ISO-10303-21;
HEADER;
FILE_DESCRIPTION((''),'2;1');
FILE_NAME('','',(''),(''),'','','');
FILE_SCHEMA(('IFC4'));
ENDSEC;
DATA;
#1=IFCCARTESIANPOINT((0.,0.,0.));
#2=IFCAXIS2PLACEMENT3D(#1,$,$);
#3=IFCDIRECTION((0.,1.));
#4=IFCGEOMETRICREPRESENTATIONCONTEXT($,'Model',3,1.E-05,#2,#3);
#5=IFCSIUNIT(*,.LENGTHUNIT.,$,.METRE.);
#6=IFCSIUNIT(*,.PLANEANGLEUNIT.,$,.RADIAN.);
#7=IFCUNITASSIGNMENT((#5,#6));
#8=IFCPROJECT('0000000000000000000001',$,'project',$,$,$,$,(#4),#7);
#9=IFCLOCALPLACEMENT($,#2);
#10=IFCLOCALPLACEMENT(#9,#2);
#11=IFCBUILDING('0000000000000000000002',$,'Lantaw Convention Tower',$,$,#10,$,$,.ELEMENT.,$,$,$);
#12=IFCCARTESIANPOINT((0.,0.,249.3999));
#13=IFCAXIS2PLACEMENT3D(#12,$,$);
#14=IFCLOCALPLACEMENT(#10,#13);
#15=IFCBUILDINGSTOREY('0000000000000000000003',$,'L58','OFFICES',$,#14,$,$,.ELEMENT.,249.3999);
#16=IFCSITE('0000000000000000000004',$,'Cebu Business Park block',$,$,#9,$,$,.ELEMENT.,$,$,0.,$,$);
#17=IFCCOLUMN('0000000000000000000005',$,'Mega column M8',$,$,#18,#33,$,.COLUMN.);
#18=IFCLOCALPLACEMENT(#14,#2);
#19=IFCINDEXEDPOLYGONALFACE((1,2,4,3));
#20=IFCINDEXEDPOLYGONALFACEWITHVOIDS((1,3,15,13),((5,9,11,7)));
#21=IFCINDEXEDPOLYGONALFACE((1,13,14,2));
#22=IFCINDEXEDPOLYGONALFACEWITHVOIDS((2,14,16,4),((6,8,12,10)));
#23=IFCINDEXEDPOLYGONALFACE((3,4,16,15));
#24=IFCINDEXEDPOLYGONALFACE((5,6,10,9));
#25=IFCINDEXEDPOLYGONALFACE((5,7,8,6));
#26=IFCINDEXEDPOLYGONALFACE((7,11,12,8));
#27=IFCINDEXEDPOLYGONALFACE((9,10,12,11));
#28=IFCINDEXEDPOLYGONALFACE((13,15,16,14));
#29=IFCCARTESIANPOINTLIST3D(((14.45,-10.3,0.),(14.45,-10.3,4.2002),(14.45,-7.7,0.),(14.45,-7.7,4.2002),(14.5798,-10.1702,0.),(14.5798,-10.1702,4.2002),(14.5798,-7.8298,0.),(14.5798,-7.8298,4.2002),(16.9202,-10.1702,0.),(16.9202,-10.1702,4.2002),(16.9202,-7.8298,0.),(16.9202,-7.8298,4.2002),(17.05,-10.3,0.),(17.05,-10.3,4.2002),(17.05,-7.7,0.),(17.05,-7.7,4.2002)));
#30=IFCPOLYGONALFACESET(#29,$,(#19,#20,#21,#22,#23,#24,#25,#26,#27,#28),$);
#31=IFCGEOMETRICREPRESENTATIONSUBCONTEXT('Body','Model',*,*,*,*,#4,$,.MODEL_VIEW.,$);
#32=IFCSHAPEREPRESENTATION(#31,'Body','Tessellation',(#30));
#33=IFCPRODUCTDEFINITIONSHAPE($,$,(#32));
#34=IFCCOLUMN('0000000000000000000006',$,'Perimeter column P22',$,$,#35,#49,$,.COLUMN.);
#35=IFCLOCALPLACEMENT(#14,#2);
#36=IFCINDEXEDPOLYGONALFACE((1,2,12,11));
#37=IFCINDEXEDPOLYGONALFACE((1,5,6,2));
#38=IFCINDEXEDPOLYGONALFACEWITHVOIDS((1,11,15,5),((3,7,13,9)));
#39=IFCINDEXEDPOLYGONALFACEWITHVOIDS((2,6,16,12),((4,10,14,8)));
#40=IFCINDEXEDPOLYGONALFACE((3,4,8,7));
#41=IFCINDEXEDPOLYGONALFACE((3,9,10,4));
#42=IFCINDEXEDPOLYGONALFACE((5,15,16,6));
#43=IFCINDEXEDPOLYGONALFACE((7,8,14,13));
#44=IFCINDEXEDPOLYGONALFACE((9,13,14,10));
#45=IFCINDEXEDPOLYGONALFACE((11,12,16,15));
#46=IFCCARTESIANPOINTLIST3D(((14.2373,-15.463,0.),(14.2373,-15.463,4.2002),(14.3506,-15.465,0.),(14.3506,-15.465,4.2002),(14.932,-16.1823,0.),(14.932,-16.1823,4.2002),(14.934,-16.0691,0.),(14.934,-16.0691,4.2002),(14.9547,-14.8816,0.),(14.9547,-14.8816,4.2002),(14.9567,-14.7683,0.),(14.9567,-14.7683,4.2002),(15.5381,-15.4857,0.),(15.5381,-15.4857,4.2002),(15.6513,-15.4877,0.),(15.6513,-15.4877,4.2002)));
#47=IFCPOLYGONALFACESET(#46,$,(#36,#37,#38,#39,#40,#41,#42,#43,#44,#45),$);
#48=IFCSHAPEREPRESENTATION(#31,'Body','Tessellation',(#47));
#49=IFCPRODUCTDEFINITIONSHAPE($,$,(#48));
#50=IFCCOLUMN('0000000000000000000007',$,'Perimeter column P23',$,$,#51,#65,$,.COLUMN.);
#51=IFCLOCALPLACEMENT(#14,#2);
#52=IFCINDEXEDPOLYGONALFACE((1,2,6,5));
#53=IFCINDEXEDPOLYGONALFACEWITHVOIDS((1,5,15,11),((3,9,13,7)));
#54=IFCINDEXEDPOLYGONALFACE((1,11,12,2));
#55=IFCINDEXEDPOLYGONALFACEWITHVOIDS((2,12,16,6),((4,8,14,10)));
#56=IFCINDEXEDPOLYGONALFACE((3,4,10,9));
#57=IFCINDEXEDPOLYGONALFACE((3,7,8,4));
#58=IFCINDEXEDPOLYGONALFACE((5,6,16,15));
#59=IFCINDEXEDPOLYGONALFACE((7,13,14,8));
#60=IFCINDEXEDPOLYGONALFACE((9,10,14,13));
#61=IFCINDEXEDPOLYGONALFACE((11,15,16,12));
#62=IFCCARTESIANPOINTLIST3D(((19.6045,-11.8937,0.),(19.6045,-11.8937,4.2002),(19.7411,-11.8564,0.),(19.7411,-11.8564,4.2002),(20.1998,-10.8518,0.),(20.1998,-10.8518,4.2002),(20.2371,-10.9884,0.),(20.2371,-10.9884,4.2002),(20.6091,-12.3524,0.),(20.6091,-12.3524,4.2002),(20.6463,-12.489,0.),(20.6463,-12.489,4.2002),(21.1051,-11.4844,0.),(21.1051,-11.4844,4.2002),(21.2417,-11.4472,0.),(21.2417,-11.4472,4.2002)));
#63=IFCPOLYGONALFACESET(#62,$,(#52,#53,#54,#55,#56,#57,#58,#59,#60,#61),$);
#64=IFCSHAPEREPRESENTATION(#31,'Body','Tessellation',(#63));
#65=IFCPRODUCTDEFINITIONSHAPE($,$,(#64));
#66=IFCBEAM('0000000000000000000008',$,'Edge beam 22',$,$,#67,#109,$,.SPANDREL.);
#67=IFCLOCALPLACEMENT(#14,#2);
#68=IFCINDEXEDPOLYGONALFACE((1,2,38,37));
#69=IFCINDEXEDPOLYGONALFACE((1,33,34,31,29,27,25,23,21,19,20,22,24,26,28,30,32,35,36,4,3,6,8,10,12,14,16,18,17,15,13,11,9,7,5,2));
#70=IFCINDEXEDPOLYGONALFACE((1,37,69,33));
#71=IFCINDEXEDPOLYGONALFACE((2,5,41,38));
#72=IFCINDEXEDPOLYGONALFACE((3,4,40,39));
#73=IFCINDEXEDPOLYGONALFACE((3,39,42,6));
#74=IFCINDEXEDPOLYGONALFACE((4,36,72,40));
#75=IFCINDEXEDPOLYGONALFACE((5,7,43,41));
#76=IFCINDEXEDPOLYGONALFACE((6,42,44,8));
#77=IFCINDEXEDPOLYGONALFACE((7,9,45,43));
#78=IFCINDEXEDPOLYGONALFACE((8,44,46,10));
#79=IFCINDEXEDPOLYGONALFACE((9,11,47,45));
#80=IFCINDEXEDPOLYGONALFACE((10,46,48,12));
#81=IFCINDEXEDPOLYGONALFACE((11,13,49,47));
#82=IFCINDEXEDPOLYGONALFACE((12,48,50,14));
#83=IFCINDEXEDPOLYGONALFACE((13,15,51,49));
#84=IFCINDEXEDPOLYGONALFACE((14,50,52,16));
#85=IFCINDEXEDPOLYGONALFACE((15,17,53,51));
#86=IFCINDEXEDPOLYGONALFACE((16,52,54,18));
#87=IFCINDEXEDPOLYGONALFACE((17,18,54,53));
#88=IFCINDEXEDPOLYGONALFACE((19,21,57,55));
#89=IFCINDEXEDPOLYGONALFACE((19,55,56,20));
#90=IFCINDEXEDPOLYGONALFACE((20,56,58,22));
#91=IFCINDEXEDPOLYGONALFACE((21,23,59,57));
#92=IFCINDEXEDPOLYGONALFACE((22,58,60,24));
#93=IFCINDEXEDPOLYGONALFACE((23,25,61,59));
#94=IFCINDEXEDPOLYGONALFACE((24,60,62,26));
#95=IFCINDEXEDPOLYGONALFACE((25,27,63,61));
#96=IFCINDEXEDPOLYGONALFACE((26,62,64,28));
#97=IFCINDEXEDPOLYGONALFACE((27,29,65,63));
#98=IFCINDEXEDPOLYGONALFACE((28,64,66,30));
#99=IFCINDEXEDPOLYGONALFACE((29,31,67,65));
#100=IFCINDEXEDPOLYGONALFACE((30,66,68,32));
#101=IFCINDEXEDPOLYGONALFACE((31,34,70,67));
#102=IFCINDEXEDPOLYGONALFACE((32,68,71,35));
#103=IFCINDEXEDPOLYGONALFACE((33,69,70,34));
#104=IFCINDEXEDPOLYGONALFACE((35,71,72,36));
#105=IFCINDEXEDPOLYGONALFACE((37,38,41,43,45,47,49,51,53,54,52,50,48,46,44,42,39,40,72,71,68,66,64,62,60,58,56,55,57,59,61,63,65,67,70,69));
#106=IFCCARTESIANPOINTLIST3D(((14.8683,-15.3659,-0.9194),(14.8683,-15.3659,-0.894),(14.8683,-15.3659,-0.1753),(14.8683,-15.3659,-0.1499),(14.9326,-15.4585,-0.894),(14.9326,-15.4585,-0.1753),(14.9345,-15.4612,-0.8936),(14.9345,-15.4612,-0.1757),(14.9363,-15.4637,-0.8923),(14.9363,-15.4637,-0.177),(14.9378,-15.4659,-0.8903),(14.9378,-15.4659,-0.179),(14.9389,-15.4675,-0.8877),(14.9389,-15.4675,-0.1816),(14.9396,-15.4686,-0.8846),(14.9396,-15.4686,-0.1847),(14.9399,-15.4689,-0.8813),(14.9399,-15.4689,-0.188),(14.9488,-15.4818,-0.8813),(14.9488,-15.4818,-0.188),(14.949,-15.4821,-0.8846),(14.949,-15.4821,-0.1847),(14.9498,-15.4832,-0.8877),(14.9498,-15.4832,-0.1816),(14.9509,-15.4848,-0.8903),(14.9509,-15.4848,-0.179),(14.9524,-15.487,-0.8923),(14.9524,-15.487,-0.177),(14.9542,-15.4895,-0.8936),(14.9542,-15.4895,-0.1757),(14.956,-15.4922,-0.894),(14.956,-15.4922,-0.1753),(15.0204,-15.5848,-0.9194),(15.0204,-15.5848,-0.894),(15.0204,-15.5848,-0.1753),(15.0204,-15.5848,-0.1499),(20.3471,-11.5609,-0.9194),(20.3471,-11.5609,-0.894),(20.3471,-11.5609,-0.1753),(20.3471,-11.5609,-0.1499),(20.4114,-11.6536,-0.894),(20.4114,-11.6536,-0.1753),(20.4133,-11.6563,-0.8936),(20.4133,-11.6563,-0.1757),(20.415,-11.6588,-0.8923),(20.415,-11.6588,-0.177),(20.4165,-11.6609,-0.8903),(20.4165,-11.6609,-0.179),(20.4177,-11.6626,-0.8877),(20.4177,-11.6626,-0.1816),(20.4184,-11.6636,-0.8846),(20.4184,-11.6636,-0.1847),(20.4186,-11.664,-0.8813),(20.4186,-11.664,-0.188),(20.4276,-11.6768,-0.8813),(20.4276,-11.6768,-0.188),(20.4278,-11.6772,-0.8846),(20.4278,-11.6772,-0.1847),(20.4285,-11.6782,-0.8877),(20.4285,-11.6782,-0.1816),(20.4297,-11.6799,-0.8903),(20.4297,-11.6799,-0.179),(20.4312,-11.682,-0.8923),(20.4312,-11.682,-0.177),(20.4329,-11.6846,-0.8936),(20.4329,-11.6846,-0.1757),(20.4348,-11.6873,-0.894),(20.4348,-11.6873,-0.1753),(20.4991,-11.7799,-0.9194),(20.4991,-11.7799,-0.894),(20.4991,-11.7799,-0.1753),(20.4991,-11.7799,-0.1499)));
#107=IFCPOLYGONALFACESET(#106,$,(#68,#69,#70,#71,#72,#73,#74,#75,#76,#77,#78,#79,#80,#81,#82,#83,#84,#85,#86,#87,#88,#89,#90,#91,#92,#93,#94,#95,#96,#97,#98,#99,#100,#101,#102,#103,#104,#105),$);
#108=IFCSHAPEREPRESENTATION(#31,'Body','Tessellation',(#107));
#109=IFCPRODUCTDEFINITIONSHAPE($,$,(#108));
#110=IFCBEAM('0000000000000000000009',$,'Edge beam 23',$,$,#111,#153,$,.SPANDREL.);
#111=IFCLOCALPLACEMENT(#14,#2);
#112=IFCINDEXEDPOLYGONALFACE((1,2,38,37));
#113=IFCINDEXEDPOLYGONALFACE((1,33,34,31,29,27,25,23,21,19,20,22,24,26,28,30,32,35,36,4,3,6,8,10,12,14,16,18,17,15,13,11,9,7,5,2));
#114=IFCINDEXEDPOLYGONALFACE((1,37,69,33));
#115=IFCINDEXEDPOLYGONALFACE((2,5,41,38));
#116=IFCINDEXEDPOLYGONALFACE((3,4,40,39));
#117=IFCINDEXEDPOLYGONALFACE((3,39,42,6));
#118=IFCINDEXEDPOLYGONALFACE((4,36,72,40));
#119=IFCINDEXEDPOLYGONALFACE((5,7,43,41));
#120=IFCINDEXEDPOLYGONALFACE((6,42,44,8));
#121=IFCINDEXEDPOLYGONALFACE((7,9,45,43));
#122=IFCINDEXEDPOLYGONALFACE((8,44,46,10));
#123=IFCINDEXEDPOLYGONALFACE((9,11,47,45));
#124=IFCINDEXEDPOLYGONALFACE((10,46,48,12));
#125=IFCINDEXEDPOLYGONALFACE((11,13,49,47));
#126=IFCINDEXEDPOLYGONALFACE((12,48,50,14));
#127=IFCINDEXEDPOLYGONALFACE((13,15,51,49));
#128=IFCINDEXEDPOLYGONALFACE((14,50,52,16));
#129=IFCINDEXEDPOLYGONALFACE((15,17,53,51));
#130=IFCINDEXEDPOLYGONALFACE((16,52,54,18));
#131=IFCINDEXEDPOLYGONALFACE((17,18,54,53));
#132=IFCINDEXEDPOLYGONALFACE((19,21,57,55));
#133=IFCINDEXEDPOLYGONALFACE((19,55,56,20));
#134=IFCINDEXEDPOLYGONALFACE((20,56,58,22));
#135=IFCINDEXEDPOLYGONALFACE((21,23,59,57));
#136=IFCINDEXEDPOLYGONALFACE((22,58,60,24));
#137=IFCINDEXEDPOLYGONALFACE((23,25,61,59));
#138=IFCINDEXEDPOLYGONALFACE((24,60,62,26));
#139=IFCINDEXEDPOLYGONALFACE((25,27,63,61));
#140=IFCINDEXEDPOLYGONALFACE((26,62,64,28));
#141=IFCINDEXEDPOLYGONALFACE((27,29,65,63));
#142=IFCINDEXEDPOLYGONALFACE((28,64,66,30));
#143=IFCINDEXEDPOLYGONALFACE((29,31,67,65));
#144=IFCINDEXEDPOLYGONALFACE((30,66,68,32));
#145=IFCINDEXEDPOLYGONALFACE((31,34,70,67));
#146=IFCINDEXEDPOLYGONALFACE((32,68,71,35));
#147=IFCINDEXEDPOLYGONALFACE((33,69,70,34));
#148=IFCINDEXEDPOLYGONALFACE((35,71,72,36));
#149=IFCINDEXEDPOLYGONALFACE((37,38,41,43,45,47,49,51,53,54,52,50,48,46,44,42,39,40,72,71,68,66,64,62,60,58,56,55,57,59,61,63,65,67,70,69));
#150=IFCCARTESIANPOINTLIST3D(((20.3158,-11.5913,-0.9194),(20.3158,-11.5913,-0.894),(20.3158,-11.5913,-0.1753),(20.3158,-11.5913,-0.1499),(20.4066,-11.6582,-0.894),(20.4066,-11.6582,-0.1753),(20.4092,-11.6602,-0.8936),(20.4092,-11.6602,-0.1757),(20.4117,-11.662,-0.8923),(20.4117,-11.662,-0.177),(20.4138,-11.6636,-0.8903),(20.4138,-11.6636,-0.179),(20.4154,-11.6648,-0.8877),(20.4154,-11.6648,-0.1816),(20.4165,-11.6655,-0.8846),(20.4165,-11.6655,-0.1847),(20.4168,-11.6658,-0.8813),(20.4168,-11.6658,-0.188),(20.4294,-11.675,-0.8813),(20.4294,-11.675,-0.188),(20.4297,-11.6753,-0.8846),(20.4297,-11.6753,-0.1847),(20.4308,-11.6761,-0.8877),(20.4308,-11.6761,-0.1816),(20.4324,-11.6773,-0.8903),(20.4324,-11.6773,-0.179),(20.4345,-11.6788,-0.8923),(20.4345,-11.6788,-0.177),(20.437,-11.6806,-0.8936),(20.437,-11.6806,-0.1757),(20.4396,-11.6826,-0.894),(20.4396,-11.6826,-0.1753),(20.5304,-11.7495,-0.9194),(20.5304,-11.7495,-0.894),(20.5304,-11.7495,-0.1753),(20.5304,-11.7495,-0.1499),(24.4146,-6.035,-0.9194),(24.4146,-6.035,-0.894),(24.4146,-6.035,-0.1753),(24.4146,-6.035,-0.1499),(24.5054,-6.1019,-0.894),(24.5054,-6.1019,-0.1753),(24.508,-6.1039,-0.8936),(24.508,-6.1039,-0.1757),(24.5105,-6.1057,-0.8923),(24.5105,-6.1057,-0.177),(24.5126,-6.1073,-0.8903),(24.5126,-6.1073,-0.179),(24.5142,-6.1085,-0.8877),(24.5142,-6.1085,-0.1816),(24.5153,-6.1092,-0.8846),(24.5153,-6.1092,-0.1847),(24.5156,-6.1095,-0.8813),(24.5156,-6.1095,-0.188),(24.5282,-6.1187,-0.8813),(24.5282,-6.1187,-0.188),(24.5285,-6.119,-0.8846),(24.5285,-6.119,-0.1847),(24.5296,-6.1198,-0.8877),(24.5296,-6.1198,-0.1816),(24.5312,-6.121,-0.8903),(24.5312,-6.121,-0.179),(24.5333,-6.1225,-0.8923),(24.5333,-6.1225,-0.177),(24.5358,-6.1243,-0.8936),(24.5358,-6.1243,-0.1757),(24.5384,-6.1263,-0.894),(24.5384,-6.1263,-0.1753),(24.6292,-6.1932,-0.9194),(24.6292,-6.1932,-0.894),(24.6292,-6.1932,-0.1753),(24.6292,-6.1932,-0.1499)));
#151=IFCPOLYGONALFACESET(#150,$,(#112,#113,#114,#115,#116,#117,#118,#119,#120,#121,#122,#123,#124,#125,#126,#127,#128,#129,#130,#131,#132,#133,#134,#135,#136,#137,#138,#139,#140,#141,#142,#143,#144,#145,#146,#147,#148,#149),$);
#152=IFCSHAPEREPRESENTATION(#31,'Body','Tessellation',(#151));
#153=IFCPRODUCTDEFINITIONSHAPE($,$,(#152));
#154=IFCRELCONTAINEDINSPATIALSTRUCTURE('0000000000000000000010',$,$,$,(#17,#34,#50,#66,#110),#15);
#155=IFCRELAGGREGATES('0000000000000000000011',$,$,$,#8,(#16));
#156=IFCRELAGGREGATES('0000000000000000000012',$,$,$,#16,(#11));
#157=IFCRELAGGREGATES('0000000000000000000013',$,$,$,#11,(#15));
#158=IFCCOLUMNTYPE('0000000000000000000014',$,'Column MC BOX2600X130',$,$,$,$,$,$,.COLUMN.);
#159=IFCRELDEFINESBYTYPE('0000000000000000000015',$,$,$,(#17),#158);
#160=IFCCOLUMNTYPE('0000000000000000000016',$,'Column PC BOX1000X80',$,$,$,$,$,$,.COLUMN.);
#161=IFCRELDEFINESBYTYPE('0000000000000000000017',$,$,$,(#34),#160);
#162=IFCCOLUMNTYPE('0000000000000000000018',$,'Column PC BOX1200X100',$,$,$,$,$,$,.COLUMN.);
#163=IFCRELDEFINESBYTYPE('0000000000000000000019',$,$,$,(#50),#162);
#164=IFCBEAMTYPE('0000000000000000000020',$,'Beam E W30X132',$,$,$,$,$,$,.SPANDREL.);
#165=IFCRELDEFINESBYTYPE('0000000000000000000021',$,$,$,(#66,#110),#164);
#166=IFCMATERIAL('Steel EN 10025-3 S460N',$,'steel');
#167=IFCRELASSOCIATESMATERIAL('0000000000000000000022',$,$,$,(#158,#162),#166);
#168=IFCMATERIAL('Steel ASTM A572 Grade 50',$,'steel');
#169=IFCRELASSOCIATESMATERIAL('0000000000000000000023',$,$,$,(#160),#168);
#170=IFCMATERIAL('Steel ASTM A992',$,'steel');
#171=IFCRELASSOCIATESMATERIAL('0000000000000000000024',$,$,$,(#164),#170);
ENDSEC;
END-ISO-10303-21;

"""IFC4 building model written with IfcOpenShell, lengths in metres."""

from ifc_helpers import new_model, si_unit, direction, frame, origin, origin_2d, place, context, subcontext, project, spatial, rectangle, hollow_rectangle, i_section, extrude, material, material_profile, profile_set, type_object, element, save


model = new_model("IFC4")

# Units and contexts
model_context = context("Model", 3, precision=1e-05, world=origin(), true_north=direction((0.0, 1.0)))
body_context = subcontext(model_context, "Body", "Model", "MODEL_VIEW")
ifc_project = project(units=[si_unit("LENGTHUNIT", "METRE"), si_unit("PLANEANGLEUNIT", "RADIAN")], contexts=[model_context])

# Site, building, storey
site_placement = place(None, origin())
site = spatial("IfcSite", under=ifc_project, at=site_placement, Name="Cebu Business Park block", CompositionType="ELEMENT", RefElevation=0.0)
building_placement = place(site_placement, origin())
building = spatial("IfcBuilding", under=site, at=building_placement, Name="Lantaw Convention Tower", CompositionType="ELEMENT")
storey_placement = place(building_placement, frame((0.0, 0.0, 249.3999)))
storey = spatial("IfcBuildingStorey", under=building, at=storey_placement, Name="L58", Description="OFFICES", CompositionType="ELEMENT", Elevation=249.3999)

# Columns
ifc_material_1 = material(Name="Steel EN 10025-3 S460N", Category="steel")
ifc_material_profile_1 = material_profile(ifc_material_1, hollow_rectangle(XDim=2.6001, YDim=2.6001, WallThickness=0.1299, at=origin_2d()), Name="BOX2600X130")
ifc_material_2 = material(Name="Concrete C60/75", Category="concrete")
ifc_material_profile_2 = material_profile(ifc_material_2, rectangle(XDim=2.3401, YDim=2.3401, at=origin_2d()), Name="Concrete fill of BOX2600X130")
ifc_profile_set_1 = profile_set([ifc_material_profile_1, ifc_material_profile_2], Name="Steel EN 10025-3 S460N")
column_type_1 = type_object("IfcColumnType", Name="Column MC BOX2600X130", PredefinedType="COLUMN", material=ifc_profile_set_1)
column_1_placement = place(storey_placement, frame((15.75, -9.0, 0.0), z_axis=(0.0, 0.0, 1.0), x_axis=(1.0, 0.0, 0.0)))
element("IfcColumn", 1, at=column_1_placement, inside=storey, type_object=column_type_1, Name="Mega column M8", PredefinedType="COLUMN", context=body_context, shape_type="SweptSolid", body=[
    extrude(hollow_rectangle(XDim=2.6001, YDim=2.6001, WallThickness=0.1299, at=origin_2d()), origin(), (0.0, 0.0, 1.0), 4.2002),
])
ifc_material_3 = material(Name="Steel ASTM A572 Grade 50", Category="steel")
ifc_material_profile_3 = material_profile(ifc_material_3, hollow_rectangle(XDim=1.0, YDim=1.0, WallThickness=0.0801, at=origin_2d()), Name="BOX1000X80")
ifc_material_profile_4 = material_profile(ifc_material_2, rectangle(XDim=0.8401, YDim=0.8401, at=origin_2d()), Name="Concrete fill of BOX1000X80")
ifc_profile_set_2 = profile_set([ifc_material_profile_3, ifc_material_profile_4], Name="Steel ASTM A572 Grade 50")
column_type_2 = type_object("IfcColumnType", Name="Column PC BOX1000X80", PredefinedType="COLUMN", material=ifc_profile_set_2)
column_2_placement = place(storey_placement, frame((14.9443, -15.4753, 0.0), z_axis=(0.0, 0.0, 1.0), x_axis=(0.71934, 0.694658, 0.0)))
element("IfcColumn", 2, at=column_2_placement, inside=storey, type_object=column_type_2, Name="Perimeter column P22", PredefinedType="COLUMN", context=body_context, shape_type="SweptSolid", body=[
    extrude(hollow_rectangle(XDim=1.0, YDim=1.0, WallThickness=0.0801, at=origin_2d()), origin(), (0.0, 0.0, 1.0), 4.2002),
])
ifc_material_profile_5 = material_profile(ifc_material_1, hollow_rectangle(XDim=1.2, YDim=1.2, WallThickness=0.1001, at=origin_2d()), Name="BOX1200X100")
ifc_material_profile_6 = material_profile(ifc_material_2, rectangle(XDim=1.0, YDim=1.0, at=origin_2d()), Name="Concrete fill of BOX1200X100")
ifc_profile_set_3 = profile_set([ifc_material_profile_5, ifc_material_profile_6], Name="Steel EN 10025-3 S460N")
column_type_3 = type_object("IfcColumnType", Name="Column PC BOX1200X100", PredefinedType="COLUMN", material=ifc_profile_set_3)
column_3_placement = place(storey_placement, frame((20.4231, -11.6704, 0.0), z_axis=(0.0, 0.0, 1.0), x_axis=(0.496139, 0.868243, 0.0)))
element("IfcColumn", 3, at=column_3_placement, inside=storey, type_object=column_type_3, Name="Perimeter column P23", PredefinedType="COLUMN", context=body_context, shape_type="SweptSolid", body=[
    extrude(hollow_rectangle(XDim=1.2, YDim=1.2, WallThickness=0.1001, at=origin_2d()), origin(), (0.0, 0.0, 1.0), 4.2002),
])

# Beams
ifc_material_4 = material(Name="Steel ASTM A992", Category="steel")
ifc_material_profile_7 = material_profile(ifc_material_4, i_section(OverallWidth=0.2666, OverallDepth=0.7695, WebThickness=0.0156, FlangeThickness=0.0254, FilletRadius=0.0127, at=origin_2d()), Name="W30X132")
ifc_profile_set_4 = profile_set([ifc_material_profile_7], Name="Steel ASTM A992")
beam_type_1 = type_object("IfcBeamType", Name="Beam E W30X132", PredefinedType="SPANDREL", material=ifc_profile_set_4)
beam_1_placement = place(storey_placement, frame((14.9443, -15.4753, -0.5347), z_axis=(0.821353, 0.57042, 0.0), x_axis=(-0.57042, 0.821353, 0.0)))
element("IfcBeam", 4, at=beam_1_placement, inside=storey, type_object=beam_type_1, Name="Edge beam 22", PredefinedType="SPANDREL", context=body_context, shape_type="SweptSolid", body=[
    extrude(i_section(OverallWidth=0.2666, OverallDepth=0.7695, WebThickness=0.0156, FlangeThickness=0.0254, FilletRadius=0.0127, at=origin_2d()), origin(), (0.0, 0.0, 1.0), 6.6704),
])
beam_2_placement = place(storey_placement, frame((20.4231, -11.6704, -0.5347), z_axis=(0.593639, 0.804731, 0.0), x_axis=(-0.804731, 0.593639, 0.0)))
element("IfcBeam", 5, at=beam_2_placement, inside=storey, type_object=beam_type_1, Name="Edge beam 23", PredefinedType="SPANDREL", context=body_context, shape_type="SweptSolid", body=[
    extrude(i_section(OverallWidth=0.2666, OverallDepth=0.7695, WebThickness=0.0156, FlangeThickness=0.0254, FilletRadius=0.0127, at=origin_2d()), origin(), (0.0, 0.0, 1.0), 6.9045),
])

save(model, "model.ifc")
